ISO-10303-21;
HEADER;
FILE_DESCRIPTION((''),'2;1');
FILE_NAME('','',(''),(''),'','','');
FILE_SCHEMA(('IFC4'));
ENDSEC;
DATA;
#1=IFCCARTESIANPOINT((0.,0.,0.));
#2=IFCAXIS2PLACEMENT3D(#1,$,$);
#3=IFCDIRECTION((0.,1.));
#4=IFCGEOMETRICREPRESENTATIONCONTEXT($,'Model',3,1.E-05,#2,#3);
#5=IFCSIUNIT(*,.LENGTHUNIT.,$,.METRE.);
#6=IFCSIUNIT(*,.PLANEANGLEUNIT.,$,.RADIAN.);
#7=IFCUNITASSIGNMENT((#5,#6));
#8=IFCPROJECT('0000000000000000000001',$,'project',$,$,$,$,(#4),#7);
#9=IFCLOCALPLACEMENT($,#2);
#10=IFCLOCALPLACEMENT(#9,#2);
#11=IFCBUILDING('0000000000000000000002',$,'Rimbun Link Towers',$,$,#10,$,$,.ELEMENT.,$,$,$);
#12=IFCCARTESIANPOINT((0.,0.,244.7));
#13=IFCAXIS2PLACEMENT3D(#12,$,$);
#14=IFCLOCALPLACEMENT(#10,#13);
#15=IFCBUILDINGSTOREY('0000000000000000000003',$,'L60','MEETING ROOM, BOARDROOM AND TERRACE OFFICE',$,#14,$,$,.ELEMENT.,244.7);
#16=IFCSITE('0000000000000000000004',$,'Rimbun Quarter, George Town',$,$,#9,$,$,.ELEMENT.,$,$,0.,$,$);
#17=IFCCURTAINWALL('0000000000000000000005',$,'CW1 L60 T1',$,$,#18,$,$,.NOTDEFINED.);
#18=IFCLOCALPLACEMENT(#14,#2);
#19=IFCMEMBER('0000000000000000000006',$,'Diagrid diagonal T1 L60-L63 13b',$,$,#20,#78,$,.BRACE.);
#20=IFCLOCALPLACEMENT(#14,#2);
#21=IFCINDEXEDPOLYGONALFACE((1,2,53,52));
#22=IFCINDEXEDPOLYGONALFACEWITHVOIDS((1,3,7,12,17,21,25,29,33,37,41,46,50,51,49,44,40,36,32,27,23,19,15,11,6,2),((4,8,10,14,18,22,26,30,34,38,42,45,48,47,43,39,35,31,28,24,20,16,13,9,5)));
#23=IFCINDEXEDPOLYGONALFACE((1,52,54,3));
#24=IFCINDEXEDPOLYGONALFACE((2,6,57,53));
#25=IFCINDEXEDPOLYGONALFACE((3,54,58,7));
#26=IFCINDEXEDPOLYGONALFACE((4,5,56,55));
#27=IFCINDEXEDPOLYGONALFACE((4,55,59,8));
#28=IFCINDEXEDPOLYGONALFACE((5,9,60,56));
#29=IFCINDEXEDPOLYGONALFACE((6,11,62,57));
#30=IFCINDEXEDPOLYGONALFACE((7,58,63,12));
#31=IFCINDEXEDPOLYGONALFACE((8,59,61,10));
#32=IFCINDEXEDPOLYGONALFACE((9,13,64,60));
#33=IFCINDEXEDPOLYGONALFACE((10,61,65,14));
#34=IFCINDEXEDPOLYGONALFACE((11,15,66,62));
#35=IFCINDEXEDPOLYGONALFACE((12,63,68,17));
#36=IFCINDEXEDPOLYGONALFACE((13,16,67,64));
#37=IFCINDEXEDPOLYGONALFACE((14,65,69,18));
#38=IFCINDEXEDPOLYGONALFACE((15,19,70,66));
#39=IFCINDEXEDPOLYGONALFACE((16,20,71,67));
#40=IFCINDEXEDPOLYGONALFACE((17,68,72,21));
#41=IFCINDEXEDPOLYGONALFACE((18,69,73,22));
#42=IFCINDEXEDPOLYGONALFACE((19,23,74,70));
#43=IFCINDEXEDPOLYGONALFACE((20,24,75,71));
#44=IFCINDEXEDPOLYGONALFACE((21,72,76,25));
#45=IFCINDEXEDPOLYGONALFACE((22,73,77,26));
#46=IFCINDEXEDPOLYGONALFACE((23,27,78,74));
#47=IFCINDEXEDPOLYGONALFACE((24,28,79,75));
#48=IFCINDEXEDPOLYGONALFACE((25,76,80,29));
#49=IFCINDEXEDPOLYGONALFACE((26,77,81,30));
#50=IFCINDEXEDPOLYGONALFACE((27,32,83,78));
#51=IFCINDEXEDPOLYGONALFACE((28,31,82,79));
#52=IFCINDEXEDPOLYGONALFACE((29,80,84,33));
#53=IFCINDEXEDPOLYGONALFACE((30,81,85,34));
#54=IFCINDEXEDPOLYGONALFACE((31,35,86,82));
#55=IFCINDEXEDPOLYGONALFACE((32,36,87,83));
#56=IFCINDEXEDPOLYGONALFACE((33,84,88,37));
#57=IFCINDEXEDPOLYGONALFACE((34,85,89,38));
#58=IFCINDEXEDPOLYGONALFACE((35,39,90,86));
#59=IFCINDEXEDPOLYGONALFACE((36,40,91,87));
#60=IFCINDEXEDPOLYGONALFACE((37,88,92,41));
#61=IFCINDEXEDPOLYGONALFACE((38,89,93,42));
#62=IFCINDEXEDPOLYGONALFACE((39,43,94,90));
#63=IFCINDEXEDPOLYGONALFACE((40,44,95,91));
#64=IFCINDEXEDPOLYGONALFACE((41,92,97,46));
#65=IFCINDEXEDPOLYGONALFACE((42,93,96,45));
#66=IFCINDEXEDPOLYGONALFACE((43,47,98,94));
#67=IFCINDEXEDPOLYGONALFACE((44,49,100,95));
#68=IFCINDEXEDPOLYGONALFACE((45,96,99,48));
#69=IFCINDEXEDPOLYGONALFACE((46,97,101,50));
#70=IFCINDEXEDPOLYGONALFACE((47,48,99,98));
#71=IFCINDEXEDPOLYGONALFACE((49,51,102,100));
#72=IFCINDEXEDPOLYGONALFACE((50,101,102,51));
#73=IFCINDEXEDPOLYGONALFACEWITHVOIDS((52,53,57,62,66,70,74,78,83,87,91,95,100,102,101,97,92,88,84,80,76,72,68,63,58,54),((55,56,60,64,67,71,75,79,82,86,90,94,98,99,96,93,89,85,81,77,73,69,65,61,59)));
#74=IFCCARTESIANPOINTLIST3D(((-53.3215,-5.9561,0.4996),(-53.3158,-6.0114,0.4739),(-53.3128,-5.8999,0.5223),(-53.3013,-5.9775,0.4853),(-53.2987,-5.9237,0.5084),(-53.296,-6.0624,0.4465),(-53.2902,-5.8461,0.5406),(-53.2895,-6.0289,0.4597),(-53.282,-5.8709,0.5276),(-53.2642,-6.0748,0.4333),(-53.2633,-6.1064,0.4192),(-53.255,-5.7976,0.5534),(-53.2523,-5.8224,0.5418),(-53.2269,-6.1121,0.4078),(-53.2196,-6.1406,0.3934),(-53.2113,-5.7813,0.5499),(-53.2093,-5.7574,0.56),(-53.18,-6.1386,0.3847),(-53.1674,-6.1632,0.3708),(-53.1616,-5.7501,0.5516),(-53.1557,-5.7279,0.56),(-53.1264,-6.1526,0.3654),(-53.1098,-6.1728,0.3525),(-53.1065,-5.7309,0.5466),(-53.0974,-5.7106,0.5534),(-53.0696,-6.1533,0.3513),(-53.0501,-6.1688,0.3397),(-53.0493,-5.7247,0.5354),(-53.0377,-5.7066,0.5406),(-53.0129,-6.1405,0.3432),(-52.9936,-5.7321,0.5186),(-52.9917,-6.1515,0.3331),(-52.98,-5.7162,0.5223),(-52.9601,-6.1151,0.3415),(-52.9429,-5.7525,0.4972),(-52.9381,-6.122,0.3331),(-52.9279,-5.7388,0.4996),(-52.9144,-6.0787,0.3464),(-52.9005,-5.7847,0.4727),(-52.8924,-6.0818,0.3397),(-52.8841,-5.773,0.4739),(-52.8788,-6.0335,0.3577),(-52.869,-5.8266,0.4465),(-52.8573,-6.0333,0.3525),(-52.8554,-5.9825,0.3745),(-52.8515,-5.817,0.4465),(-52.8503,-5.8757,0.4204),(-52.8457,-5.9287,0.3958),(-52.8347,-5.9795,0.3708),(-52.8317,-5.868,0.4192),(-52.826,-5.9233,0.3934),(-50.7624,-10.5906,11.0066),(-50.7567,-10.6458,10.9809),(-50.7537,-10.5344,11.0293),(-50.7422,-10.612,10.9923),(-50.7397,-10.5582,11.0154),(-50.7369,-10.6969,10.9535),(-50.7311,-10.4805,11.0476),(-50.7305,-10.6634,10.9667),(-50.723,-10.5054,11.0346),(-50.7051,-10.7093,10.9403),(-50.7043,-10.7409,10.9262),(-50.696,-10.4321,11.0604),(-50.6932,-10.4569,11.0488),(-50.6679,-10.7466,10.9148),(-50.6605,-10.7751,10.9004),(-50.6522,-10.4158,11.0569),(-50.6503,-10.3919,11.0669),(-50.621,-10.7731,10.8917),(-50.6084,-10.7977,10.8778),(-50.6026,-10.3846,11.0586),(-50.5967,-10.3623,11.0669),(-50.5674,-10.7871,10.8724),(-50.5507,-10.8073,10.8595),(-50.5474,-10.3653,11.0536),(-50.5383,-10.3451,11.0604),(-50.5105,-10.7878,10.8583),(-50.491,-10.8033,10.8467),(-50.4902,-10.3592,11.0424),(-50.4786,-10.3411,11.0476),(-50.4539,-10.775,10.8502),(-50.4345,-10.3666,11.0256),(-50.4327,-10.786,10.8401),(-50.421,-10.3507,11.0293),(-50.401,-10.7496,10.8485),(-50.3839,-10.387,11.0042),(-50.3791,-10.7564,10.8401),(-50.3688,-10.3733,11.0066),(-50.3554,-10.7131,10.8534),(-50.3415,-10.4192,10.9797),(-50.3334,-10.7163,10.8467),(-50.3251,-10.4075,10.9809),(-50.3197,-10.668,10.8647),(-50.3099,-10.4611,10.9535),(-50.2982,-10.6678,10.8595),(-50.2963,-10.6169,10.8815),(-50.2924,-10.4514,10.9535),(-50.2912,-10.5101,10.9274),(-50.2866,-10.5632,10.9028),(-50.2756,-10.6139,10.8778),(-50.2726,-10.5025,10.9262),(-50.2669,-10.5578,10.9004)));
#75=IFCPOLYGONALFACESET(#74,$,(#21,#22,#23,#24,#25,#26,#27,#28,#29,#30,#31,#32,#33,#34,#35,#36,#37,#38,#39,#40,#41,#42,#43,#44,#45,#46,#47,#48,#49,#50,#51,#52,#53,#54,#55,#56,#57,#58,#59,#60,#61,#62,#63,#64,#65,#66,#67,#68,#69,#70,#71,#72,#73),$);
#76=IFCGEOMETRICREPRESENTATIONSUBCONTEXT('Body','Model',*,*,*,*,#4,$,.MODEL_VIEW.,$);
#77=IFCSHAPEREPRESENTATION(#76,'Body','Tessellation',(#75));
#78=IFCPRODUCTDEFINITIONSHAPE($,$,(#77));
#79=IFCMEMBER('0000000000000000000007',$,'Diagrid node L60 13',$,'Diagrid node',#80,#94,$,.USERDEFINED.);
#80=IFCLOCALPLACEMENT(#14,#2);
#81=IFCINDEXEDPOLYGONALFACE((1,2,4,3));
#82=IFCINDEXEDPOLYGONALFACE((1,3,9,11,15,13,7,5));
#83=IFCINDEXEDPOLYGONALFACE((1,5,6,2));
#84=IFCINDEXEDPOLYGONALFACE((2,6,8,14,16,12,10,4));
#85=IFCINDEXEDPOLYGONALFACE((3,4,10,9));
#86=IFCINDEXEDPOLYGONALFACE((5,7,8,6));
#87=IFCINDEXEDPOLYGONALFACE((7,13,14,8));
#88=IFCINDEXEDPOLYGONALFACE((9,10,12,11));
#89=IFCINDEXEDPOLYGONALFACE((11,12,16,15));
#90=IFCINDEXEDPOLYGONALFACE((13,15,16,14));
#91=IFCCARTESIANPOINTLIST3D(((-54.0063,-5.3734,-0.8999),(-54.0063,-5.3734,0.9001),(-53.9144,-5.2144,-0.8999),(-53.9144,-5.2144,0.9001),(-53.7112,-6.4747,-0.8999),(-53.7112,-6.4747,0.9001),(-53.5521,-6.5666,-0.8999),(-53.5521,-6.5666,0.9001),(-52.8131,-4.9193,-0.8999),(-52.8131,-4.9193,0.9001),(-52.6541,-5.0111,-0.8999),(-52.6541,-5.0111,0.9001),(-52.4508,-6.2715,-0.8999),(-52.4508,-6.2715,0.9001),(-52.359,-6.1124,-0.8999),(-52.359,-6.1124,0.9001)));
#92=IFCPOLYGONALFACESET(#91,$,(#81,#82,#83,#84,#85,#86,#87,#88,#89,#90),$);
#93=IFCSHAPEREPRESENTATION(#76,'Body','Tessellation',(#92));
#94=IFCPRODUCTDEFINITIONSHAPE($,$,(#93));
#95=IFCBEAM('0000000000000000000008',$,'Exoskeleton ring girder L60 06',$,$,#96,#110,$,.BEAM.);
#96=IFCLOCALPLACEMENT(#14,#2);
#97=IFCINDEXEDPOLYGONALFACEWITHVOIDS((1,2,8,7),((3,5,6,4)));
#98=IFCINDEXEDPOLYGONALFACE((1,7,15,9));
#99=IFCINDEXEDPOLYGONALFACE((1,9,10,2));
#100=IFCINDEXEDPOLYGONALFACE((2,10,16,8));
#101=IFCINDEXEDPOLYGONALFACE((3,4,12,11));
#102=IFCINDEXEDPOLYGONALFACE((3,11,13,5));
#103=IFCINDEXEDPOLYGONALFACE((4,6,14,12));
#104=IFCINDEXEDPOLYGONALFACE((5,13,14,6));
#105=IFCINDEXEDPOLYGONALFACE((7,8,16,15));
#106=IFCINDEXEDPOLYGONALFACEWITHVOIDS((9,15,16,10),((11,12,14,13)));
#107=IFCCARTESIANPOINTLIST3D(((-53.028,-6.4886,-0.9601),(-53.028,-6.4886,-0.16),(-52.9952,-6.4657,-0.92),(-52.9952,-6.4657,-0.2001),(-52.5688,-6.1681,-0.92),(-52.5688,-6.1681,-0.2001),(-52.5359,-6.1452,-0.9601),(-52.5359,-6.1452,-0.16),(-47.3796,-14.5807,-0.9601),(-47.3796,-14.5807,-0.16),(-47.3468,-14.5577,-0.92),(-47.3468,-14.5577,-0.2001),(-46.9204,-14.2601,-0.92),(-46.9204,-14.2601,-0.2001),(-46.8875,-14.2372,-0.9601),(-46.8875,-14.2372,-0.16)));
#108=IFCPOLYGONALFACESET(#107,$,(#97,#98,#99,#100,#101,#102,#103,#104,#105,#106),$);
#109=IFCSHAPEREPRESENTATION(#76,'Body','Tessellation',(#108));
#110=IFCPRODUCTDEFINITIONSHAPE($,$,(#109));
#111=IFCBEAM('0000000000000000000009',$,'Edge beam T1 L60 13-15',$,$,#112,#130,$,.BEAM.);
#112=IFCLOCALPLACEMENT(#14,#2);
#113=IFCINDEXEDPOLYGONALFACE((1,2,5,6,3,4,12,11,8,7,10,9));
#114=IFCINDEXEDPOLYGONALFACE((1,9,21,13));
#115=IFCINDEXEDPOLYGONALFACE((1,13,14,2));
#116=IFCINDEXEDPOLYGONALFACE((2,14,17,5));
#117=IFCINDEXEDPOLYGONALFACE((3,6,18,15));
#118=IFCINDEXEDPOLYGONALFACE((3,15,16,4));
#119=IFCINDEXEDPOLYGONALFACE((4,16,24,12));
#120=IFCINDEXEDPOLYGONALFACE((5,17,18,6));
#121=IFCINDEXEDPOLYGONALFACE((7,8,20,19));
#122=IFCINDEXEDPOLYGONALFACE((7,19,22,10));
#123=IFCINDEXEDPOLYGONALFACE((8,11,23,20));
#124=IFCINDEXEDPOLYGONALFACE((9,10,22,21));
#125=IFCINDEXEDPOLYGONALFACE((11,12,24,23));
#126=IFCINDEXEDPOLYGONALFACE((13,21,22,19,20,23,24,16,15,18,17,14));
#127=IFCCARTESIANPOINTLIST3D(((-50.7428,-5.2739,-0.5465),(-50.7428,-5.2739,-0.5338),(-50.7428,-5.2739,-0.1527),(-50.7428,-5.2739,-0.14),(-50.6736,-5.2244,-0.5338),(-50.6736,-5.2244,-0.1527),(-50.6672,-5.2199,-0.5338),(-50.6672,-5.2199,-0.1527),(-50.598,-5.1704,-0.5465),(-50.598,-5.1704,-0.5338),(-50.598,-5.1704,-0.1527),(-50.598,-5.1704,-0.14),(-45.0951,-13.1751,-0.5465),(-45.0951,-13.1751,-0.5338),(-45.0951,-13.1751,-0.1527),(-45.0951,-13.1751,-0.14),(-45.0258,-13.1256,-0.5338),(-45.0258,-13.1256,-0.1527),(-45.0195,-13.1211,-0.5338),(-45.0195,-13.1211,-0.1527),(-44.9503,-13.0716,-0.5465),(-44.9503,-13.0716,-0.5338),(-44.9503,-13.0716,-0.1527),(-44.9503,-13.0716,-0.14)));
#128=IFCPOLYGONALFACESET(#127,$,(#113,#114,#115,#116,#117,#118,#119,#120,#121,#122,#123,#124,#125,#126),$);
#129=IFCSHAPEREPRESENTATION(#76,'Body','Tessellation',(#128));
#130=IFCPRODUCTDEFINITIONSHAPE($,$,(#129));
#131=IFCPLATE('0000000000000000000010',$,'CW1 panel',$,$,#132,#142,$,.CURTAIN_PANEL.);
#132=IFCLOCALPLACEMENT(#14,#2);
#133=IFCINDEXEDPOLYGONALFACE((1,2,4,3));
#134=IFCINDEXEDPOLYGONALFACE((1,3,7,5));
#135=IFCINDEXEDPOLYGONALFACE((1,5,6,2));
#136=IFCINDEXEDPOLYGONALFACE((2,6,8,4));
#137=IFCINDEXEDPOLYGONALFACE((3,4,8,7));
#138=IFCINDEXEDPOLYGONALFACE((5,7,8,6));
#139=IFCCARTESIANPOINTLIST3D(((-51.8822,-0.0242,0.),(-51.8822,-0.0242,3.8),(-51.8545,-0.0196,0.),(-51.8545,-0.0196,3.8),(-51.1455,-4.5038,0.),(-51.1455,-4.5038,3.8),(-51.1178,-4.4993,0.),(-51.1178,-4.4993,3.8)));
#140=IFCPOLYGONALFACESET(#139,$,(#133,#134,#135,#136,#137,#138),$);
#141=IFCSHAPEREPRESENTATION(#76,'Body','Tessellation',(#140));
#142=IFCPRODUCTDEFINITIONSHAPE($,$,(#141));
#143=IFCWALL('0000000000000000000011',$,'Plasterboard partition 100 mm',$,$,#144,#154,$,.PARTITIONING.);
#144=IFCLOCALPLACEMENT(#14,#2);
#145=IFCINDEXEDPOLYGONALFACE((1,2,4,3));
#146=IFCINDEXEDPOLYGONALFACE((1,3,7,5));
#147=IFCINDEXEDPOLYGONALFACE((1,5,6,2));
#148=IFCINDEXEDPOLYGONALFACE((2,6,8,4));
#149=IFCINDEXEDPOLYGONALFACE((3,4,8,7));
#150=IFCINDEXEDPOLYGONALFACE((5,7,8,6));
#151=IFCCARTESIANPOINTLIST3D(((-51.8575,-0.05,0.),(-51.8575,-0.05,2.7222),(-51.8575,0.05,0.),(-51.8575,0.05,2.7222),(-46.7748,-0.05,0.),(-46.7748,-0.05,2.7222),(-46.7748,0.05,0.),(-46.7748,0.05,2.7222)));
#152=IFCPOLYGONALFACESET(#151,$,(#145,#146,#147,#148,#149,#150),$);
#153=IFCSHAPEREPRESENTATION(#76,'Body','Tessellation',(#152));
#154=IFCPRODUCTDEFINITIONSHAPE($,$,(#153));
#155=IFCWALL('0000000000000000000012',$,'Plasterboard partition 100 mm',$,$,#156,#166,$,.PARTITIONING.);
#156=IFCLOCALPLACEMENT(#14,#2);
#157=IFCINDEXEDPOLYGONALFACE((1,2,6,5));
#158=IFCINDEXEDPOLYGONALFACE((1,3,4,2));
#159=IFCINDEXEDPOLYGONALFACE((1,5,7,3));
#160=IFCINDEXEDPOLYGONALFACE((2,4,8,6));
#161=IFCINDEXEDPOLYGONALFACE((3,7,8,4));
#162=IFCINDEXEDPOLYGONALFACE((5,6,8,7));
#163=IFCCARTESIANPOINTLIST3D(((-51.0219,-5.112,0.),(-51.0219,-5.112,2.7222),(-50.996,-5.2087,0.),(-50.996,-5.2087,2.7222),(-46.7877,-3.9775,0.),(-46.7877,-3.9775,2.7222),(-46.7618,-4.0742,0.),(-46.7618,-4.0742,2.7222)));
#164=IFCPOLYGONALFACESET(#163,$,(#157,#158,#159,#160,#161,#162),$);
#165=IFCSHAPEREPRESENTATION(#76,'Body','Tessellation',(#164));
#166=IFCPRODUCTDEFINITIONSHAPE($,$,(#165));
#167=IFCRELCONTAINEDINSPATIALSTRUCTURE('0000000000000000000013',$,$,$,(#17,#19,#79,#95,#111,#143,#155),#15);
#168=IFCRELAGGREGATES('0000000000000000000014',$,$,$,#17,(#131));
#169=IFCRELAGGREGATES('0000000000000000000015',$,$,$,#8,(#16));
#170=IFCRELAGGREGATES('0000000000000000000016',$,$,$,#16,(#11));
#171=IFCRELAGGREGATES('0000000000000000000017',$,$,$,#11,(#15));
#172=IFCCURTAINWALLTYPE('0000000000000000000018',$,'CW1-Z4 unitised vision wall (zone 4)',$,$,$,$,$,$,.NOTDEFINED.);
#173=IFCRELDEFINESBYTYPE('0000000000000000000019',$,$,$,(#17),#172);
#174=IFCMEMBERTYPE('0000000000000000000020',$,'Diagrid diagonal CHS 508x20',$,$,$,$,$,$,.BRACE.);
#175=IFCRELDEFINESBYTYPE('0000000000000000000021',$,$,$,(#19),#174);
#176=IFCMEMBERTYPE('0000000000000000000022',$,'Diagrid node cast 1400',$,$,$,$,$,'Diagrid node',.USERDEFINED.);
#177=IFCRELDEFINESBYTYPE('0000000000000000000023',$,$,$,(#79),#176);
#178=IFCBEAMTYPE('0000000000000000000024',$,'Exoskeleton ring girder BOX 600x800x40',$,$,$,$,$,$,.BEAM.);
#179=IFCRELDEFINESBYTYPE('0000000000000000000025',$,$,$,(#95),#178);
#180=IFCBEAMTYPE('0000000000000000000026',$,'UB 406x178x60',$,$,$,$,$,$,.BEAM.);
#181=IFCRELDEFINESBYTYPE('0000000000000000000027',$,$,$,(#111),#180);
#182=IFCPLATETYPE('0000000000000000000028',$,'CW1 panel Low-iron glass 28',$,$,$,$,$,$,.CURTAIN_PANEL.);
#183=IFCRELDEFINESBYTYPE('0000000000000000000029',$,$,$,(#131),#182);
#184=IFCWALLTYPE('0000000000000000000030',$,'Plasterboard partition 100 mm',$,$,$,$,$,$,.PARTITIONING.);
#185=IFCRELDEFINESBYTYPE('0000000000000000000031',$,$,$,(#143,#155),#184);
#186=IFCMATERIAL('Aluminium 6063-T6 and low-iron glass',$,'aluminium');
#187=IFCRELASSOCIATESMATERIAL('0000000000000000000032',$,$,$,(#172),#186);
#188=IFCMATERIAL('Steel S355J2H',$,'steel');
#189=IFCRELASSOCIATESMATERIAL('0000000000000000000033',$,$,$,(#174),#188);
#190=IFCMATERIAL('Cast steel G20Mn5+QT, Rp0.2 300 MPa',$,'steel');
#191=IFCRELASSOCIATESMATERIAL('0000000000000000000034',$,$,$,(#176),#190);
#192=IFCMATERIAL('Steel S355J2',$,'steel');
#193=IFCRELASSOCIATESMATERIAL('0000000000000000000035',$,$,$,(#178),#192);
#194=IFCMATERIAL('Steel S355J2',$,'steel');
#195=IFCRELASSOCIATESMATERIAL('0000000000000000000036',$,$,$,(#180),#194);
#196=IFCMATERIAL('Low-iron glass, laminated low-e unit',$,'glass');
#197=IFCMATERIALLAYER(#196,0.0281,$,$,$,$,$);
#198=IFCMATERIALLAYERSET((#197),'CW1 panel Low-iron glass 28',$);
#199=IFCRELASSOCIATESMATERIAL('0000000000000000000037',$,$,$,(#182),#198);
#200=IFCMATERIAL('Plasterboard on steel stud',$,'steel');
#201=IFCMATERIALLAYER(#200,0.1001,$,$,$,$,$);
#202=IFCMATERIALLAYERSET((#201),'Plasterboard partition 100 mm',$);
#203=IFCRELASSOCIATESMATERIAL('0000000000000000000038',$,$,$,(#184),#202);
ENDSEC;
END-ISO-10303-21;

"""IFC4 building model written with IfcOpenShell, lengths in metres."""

from ifc_helpers import new_model, si_unit, direction, frame, frame_2d, origin, origin_2d, place, context, subcontext, project, spatial, polyline, rectangle, hollow_rectangle, hollow_circle, i_section, outline, extrude, material, layer, layer_set, material_profile, profile_set, type_object, element, aggregate, save


model = new_model("IFC4")

# Units and contexts
model_context = context("Model", 3, precision=1e-05, world=origin(), true_north=direction((0.0, 1.0)))
body_context = subcontext(model_context, "Body", "Model", "MODEL_VIEW")
ifc_project = project(units=[si_unit("LENGTHUNIT", "METRE"), si_unit("PLANEANGLEUNIT", "RADIAN")], contexts=[model_context])

# Site, building, storey
site_placement = place(None, origin())
site = spatial("IfcSite", under=ifc_project, at=site_placement, Name="Rimbun Quarter, George Town", CompositionType="ELEMENT", RefElevation=0.0)
building_placement = place(site_placement, origin())
building = spatial("IfcBuilding", under=site, at=building_placement, Name="Rimbun Link Towers", CompositionType="ELEMENT")
storey_placement = place(building_placement, frame((0.0, 0.0, 244.7)))
storey = spatial("IfcBuildingStorey", under=building, at=storey_placement, Name="L60", Description="MEETING ROOM, BOARDROOM AND TERRACE OFFICE", CompositionType="ELEMENT", Elevation=244.7)

# Curtain wall
ifc_material_1 = material(Name="Aluminium 6063-T6 and low-iron glass", Category="aluminium")
curtain_wall_type = type_object("IfcCurtainWallType", Name="CW1-Z4 unitised vision wall (zone 4)", PredefinedType="NOTDEFINED", material=ifc_material_1)
curtain_wall_placement = place(storey_placement, origin())
curtain_wall = element("IfcCurtainWall", 1, at=curtain_wall_placement, inside=storey, type_object=curtain_wall_type, Name="CW1 L60 T1", PredefinedType="NOTDEFINED")

# Members
ifc_material_2 = material(Name="Steel S355J2H", Category="steel")
ifc_material_profile_1 = material_profile(ifc_material_2, hollow_circle(Radius=0.2539, WallThickness=0.02, at=origin_2d()), Name="Diagrid diagonal CHS 508x20")
ifc_profile_set_1 = profile_set([ifc_material_profile_1], Name="Steel S355J2H")
member_type_1 = type_object("IfcMemberType", Name="Diagrid diagonal CHS 508x20", PredefinedType="BRACE", material=ifc_profile_set_1)
member_1_placement = place(storey_placement, frame((-53.0737, -5.9397, 0.4465), z_axis=(0.217508, -0.393909, 0.893043), x_axis=(0.875409, 0.483382, 0.0)))
element("IfcMember", 2, at=member_1_placement, inside=storey, type_object=member_type_1, Name="Diagrid diagonal T1 L60-L63 13b", PredefinedType="BRACE", context=body_context, shape_type="SweptSolid", body=[
    extrude(hollow_circle(Radius=0.2539, WallThickness=0.02, at=origin_2d()), origin(), (0.0, 0.0, 1.0), 11.7654),
])
ifc_material_3 = material(Name="Cast steel G20Mn5+QT, Rp0.2 300 MPa", Category="steel")
ifc_material_profile_2 = material_profile(ifc_material_3, outline(polyline([(0.7, -0.5701), (0.7, 0.5701), (0.5701, 0.7), (-0.5701, 0.7), (-0.7, 0.5701), (-0.7, -0.5701), (-0.5701, -0.7), (0.5701, -0.7), (0.7, -0.5701)])), Name="NODE 1400x1400")
ifc_profile_set_2 = profile_set([ifc_material_profile_2], Name="Cast steel G20Mn5+QT, Rp0.2 300 MPa")
member_type_2 = type_object("IfcMemberType", Name="Diagrid node cast 1400", ElementType="Diagrid node", PredefinedType="USERDEFINED", material=ifc_profile_set_2)
member_2_placement = place(storey_placement, frame((-53.1826, -5.7429, -0.8999), z_axis=(0.0, 0.0, 1.0), x_axis=(-0.965926, -0.258819, 0.0)))
element("IfcMember", 3, at=member_2_placement, inside=storey, type_object=member_type_2, Name="Diagrid node L60 13", ObjectType="Diagrid node", PredefinedType="USERDEFINED", context=body_context, shape_type="SweptSolid", body=[
    extrude(outline(polyline([(0.7, -0.5701), (0.7, 0.5701), (0.5701, 0.7), (-0.5701, 0.7), (-0.7, 0.5701), (-0.7, -0.5701), (-0.5701, -0.7), (0.5701, -0.7), (0.7, -0.5701)])), origin(), (0.0, 0.0, 1.0), 1.8),
])

# Beams
ifc_material_4 = material(Name="Steel S355J2", Category="steel")
ifc_material_profile_3 = material_profile(ifc_material_4, hollow_rectangle(XDim=0.6001, YDim=0.8, WallThickness=0.04, at=origin_2d()), Name="Exoskeleton ring girder BOX 600x800x40")
ifc_profile_set_3 = profile_set([ifc_material_profile_3], Name="Steel S355J2")
beam_type_1 = type_object("IfcBeamType", Name="Exoskeleton ring girder BOX 600x800x40", PredefinedType="BEAM", material=ifc_profile_set_3)
beam_1_placement = place(storey_placement, frame((-52.782, -6.3169, -0.5601), z_axis=(0.572374, -0.819992, 0.0), x_axis=(0.819992, 0.572374, 0.0)))
element("IfcBeam", 4, at=beam_1_placement, inside=storey, type_object=beam_type_1, Name="Exoskeleton ring girder L60 06", PredefinedType="BEAM", context=body_context, shape_type="SweptSolid", body=[
    extrude(hollow_rectangle(XDim=0.6001, YDim=0.8, WallThickness=0.04, at=origin_2d()), origin(), (0.0, 0.0, 1.0), 9.8684),
])
ifc_material_5 = material(Name="Steel S355J2", Category="steel")
ifc_material_profile_4 = material_profile(ifc_material_5, i_section(OverallWidth=0.178, OverallDepth=0.4065, WebThickness=0.0078, FlangeThickness=0.0127, at=origin_2d()), Name="UB 406x178x60")
ifc_profile_set_4 = profile_set([ifc_material_profile_4], Name="Steel S355J2")
beam_type_2 = type_object("IfcBeamType", Name="UB 406x178x60", PredefinedType="BEAM", material=ifc_profile_set_4)
beam_2_placement = place(storey_placement, frame((-50.6704, -5.2222, -0.3433), z_axis=(0.581514, -0.813536, 0.0), x_axis=(0.813536, 0.581514, 0.0)))
element("IfcBeam", 5, at=beam_2_placement, inside=storey, type_object=beam_type_2, Name="Edge beam T1 L60 13-15", PredefinedType="BEAM", context=body_context, shape_type="SweptSolid", body=[
    extrude(i_section(OverallWidth=0.178, OverallDepth=0.4065, WebThickness=0.0078, FlangeThickness=0.0127, at=origin_2d()), origin(), (0.0, 0.0, 1.0), 9.7122),
])

# Plate
ifc_material_6 = material(Name="Low-iron glass, laminated low-e unit", Category="glass")
ifc_layer_1 = layer(ifc_material_6, 0.0281)
ifc_layer_set_1 = layer_set([ifc_layer_1], Name="CW1 panel Low-iron glass 28")
plate_type = type_object("IfcPlateType", Name="CW1 panel Low-iron glass 28", PredefinedType="CURTAIN_PANEL", material=ifc_layer_set_1)
plate_placement = place(storey_placement, frame((-51.5, -2.2617, 0.0), z_axis=(0.0, 0.0, 1.0), x_axis=(-0.162262, 0.986748, 0.0)))
plate = element("IfcPlate", 6, at=plate_placement, type_object=plate_type, Name="CW1 panel", PredefinedType="CURTAIN_PANEL", context=body_context, shape_type="SweptSolid", body=[
    extrude(rectangle(XDim=4.5398, YDim=0.0281, at=origin_2d()), origin(), (0.0, 0.0, 1.0), 3.8),
])
aggregate(curtain_wall, [plate])

# Walls
ifc_material_7 = material(Name="Plasterboard on steel stud", Category="steel")
ifc_layer_2 = layer(ifc_material_7, 0.1001)
ifc_layer_set_2 = layer_set([ifc_layer_2], Name="Plasterboard partition 100 mm")
wall_type = type_object("IfcWallType", Name="Plasterboard partition 100 mm", PredefinedType="PARTITIONING", material=ifc_layer_set_2)
wall_1_placement = place(storey_placement, frame((-51.8577, 0.0, 0.0), z_axis=(0.0, 0.0, 1.0), x_axis=(1.0, 0.0, 0.0)))
element("IfcWall", 7, at=wall_1_placement, inside=storey, type_object=wall_type, Name="Plasterboard partition 100 mm", PredefinedType="PARTITIONING", context=body_context, shape_type="SweptSolid", body=[
    extrude(rectangle(XDim=5.0828, YDim=0.1001, at=frame_2d((2.5415, 0.0))), origin(), (0.0, 0.0, 1.0), 2.7222),
])
wall_2_placement = place(storey_placement, frame((-51.009, -5.1604, 0.0), z_axis=(0.0, 0.0, 1.0), x_axis=(0.965926, 0.258817, 0.0)))
element("IfcWall", 8, at=wall_2_placement, inside=storey, type_object=wall_type, Name="Plasterboard partition 100 mm", PredefinedType="PARTITIONING", context=body_context, shape_type="SweptSolid", body=[
    extrude(rectangle(XDim=4.3835, YDim=0.1001, at=frame_2d((2.1919, 0.0))), origin(), (0.0, 0.0, 1.0), 2.7222),
])

save(model, "model.ifc")
